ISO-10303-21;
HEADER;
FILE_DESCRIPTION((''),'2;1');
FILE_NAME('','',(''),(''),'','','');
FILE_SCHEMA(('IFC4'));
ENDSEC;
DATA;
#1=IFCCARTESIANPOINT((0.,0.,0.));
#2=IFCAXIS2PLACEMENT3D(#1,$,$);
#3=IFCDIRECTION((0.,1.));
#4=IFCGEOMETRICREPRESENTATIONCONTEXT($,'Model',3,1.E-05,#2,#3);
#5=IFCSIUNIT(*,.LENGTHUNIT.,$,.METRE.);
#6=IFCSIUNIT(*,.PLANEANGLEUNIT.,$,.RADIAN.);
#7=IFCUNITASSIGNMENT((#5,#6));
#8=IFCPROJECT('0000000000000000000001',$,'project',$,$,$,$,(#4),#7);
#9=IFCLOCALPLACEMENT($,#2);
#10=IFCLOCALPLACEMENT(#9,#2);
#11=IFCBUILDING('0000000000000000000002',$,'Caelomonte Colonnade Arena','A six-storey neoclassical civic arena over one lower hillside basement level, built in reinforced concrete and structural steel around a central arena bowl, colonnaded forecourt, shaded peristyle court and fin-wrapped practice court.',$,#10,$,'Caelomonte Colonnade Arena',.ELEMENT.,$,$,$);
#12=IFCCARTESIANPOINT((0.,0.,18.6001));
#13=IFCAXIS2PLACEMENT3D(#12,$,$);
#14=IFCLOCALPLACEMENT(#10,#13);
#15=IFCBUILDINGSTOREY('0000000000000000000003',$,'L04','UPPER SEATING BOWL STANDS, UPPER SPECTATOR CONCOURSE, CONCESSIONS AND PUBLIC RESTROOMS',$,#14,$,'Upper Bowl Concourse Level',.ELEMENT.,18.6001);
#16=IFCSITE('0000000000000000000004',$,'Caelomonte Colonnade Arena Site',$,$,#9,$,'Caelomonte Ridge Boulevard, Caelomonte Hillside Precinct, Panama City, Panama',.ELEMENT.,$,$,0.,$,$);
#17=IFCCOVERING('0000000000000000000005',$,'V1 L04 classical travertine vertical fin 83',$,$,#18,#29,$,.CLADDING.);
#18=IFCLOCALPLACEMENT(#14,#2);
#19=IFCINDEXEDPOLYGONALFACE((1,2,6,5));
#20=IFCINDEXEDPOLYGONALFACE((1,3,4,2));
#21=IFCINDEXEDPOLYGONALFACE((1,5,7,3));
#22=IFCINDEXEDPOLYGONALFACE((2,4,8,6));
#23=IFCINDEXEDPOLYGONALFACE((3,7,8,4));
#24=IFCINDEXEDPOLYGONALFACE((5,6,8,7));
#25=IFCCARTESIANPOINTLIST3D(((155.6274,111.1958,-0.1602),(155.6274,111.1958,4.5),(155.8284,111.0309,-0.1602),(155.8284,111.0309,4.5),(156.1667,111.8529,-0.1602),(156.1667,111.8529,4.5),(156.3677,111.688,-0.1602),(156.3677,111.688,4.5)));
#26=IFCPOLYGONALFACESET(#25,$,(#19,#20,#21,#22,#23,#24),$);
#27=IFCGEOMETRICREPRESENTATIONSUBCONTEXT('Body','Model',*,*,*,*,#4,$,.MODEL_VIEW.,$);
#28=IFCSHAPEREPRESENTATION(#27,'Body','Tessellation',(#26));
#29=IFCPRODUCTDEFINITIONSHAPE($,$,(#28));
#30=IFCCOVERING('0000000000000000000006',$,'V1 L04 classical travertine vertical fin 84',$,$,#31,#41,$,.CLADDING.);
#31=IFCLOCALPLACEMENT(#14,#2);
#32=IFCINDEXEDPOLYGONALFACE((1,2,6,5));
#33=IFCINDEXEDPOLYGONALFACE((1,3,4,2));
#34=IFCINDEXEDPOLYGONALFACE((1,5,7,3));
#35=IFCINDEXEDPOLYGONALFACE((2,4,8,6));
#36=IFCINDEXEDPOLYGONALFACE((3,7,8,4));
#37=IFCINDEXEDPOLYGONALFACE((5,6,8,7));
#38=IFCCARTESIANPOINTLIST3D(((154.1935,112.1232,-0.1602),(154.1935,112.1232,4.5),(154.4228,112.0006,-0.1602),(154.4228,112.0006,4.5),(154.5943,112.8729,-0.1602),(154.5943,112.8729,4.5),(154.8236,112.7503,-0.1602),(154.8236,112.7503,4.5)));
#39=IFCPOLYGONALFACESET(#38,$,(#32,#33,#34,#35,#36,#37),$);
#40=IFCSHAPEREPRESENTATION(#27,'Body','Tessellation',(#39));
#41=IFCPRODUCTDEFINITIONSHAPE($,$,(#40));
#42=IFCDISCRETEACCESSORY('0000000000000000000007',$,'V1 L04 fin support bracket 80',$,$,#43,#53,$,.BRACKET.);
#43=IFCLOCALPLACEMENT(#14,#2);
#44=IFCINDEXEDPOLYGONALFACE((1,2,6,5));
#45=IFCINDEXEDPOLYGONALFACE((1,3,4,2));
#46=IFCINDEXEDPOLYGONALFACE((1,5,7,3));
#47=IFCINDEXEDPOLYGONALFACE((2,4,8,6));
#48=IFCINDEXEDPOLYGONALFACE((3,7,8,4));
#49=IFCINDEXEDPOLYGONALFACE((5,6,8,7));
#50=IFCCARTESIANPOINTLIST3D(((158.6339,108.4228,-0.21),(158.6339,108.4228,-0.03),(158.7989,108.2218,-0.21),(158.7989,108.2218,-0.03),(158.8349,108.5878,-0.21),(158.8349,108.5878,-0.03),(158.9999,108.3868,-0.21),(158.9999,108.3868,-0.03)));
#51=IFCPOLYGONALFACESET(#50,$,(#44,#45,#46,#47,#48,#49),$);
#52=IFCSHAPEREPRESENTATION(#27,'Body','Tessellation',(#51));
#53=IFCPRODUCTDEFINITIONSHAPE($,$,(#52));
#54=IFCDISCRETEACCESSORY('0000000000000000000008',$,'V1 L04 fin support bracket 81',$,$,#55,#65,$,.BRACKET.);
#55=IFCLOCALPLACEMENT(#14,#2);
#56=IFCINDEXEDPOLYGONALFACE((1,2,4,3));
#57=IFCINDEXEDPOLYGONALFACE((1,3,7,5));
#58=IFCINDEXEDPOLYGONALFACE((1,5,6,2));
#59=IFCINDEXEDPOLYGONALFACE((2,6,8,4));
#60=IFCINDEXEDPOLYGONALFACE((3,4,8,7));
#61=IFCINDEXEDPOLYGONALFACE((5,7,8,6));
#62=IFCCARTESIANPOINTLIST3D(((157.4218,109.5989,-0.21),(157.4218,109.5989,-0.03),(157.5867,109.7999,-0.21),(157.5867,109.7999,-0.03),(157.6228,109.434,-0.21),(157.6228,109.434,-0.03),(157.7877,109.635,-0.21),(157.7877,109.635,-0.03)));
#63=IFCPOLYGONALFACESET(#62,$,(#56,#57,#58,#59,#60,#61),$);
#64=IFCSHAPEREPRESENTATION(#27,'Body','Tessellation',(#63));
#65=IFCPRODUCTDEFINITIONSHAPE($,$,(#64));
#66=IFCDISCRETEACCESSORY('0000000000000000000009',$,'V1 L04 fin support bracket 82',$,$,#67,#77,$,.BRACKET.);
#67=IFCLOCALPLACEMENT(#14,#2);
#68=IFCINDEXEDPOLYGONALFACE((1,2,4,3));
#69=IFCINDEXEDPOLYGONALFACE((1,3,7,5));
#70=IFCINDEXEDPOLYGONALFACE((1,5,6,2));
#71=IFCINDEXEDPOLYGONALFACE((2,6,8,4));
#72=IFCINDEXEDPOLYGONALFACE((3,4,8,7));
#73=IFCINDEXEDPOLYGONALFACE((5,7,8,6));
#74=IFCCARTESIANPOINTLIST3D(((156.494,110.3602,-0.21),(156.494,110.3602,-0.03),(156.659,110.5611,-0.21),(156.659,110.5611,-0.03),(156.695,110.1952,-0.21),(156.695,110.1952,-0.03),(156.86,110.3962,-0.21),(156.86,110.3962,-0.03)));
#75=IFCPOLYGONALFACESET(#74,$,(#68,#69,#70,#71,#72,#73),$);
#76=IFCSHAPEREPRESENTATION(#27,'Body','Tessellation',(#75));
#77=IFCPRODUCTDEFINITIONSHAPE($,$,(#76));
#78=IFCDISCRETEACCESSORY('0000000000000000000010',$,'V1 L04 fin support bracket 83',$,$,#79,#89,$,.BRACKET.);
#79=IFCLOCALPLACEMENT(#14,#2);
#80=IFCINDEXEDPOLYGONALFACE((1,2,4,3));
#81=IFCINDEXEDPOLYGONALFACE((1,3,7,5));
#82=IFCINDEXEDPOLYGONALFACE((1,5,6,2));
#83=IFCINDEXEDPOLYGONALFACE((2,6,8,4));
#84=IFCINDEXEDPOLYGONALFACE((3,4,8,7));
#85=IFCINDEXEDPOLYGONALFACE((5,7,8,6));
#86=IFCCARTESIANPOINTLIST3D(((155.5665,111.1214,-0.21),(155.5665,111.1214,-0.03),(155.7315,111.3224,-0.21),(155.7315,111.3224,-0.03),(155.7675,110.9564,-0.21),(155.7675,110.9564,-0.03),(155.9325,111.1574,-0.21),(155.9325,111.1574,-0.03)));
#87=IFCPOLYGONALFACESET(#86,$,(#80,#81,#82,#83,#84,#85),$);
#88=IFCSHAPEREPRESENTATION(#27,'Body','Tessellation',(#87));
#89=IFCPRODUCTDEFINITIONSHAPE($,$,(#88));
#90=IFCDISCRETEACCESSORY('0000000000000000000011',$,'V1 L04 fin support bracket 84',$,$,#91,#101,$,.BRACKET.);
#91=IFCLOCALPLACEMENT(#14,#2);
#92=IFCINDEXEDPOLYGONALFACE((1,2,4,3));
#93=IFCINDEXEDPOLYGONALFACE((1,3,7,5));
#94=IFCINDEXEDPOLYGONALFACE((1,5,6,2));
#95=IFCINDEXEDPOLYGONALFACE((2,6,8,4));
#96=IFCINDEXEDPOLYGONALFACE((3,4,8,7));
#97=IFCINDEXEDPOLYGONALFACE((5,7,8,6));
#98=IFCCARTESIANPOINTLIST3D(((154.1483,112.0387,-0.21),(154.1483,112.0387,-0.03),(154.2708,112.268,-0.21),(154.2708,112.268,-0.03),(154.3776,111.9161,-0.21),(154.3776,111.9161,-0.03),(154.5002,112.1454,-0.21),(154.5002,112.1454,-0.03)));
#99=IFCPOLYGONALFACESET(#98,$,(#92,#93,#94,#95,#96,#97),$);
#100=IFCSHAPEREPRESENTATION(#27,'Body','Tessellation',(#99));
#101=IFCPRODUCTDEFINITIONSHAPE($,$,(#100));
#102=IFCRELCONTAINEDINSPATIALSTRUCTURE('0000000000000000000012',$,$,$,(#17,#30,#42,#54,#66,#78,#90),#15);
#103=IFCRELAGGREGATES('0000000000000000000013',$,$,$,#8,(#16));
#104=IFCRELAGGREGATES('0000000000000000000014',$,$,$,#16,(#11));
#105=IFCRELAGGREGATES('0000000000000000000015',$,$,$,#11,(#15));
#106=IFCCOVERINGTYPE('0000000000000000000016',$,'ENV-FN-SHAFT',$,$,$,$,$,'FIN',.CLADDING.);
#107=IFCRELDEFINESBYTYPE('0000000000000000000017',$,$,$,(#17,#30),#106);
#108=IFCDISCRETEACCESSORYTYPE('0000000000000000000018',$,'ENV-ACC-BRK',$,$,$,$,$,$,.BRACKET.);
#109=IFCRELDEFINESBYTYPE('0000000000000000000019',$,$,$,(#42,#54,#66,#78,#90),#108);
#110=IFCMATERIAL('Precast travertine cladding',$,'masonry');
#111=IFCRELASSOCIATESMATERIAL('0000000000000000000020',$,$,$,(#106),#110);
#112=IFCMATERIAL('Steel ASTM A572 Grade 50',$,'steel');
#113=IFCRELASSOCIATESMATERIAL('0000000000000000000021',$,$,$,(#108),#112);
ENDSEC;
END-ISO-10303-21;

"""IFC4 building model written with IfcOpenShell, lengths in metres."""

from ifc_helpers import new_model, si_unit, direction, frame, origin, origin_2d, place, context, subcontext, project, spatial, rectangle, extrude, material, material_profile, profile_set, type_object, element, save


model = new_model("IFC4")

# Units and contexts
model_context = context("Model", 3, precision=1e-05, world=origin(), true_north=direction((0.0, 1.0)))
body_context = subcontext(model_context, "Body", "Model", "MODEL_VIEW")
ifc_project = project(units=[si_unit("LENGTHUNIT", "METRE"), si_unit("PLANEANGLEUNIT", "RADIAN")], contexts=[model_context])

# Site, building, storey
site_placement = place(None, origin())
site = spatial("IfcSite", under=ifc_project, at=site_placement, Name="Caelomonte Colonnade Arena Site", LongName="Caelomonte Ridge Boulevard, Caelomonte Hillside Precinct, Panama City, Panama", CompositionType="ELEMENT", RefElevation=0.0)
building_placement = place(site_placement, origin())
building = spatial("IfcBuilding", under=site, at=building_placement, Name="Caelomonte Colonnade Arena", Description="A six-storey neoclassical civic arena over one lower hillside basement level, built in reinforced concrete and structural steel around a central arena bowl, colonnaded forecourt, shaded peristyle court and fin-wrapped practice court.", LongName="Caelomonte Colonnade Arena", CompositionType="ELEMENT")
storey_placement = place(building_placement, frame((0.0, 0.0, 18.6001)))
storey = spatial("IfcBuildingStorey", under=building, at=storey_placement, Name="L04", Description="UPPER SEATING BOWL STANDS, UPPER SPECTATOR CONCOURSE, CONCESSIONS AND PUBLIC RESTROOMS", LongName="Upper Bowl Concourse Level", CompositionType="ELEMENT", Elevation=18.6001)

# Coverings
ifc_material_1 = material(Name="Precast travertine cladding", Category="masonry")
ifc_material_profile_1 = material_profile(ifc_material_1, rectangle(XDim=0.26, YDim=0.8501, at=origin_2d()), Name="FIN260X850")
ifc_profile_set_1 = profile_set([ifc_material_profile_1], Name="Precast travertine cladding")
covering_type = type_object("IfcCoveringType", Name="ENV-FN-SHAFT", ElementType="FIN", PredefinedType="CLADDING", material=ifc_profile_set_1)
for number, where, z_axis, x_axis, name in (
    (1, (155.9976, 111.4419, -0.1602), (0.0, 0.0, 1.0), (0.772994, -0.634414, 0.0), "V1 L04 classical travertine vertical fin 83"),
    (2, (154.5085, 112.4368, -0.1602), (0.0, 0.0, 1.0), (0.881921, -0.471397, 0.0), "V1 L04 classical travertine vertical fin 84"),
):
    element("IfcCovering", number, at=place(storey_placement, frame(where, z_axis=z_axis, x_axis=x_axis)), inside=storey, type_object=covering_type, Name=name, PredefinedType="CLADDING", context=body_context, shape_type="SweptSolid", body=[
        extrude(rectangle(XDim=0.26, YDim=0.8501, at=origin_2d()), origin(), (0.0, 0.0, 1.0), 4.6602),
    ])

# Discrete accessories
ifc_material_2 = material(Name="Steel ASTM A572 Grade 50", Category="steel")
discrete_accessory_type = type_object("IfcDiscreteAccessoryType", Name="ENV-ACC-BRK", PredefinedType="BRACKET", material=ifc_material_2)
for number, where, z_axis, x_axis, name in (
    (3, (158.8169, 108.4048, -0.21), (0.0, 0.0, 1.0), (-0.634414, 0.772994, 0.0), "V1 L04 fin support bracket 80"),
    (4, (157.6047, 109.6169, -0.21), (0.0, 0.0, 1.0), (-0.772994, 0.634414, 0.0), "V1 L04 fin support bracket 81"),
    (5, (156.677, 110.3782, -0.21), (0.0, 0.0, 1.0), (-0.772994, 0.634414, 0.0), "V1 L04 fin support bracket 82"),
    (6, (155.7495, 111.1394, -0.21), (0.0, 0.0, 1.0), (-0.772994, 0.634414, 0.0), "V1 L04 fin support bracket 83"),
    (7, (154.3242, 112.092, -0.21), (0.0, 0.0, 1.0), (-0.881921, 0.471397, 0.0), "V1 L04 fin support bracket 84"),
):
    element("IfcDiscreteAccessory", number, at=place(storey_placement, frame(where, z_axis=z_axis, x_axis=x_axis)), inside=storey, type_object=discrete_accessory_type, Name=name, PredefinedType="BRACKET", context=body_context, shape_type="SweptSolid", body=[
        extrude(rectangle(XDim=0.26, YDim=0.26, at=origin_2d()), origin(), (0.0, 0.0, 1.0), 0.1799),
    ])

save(model, "model.ifc")
